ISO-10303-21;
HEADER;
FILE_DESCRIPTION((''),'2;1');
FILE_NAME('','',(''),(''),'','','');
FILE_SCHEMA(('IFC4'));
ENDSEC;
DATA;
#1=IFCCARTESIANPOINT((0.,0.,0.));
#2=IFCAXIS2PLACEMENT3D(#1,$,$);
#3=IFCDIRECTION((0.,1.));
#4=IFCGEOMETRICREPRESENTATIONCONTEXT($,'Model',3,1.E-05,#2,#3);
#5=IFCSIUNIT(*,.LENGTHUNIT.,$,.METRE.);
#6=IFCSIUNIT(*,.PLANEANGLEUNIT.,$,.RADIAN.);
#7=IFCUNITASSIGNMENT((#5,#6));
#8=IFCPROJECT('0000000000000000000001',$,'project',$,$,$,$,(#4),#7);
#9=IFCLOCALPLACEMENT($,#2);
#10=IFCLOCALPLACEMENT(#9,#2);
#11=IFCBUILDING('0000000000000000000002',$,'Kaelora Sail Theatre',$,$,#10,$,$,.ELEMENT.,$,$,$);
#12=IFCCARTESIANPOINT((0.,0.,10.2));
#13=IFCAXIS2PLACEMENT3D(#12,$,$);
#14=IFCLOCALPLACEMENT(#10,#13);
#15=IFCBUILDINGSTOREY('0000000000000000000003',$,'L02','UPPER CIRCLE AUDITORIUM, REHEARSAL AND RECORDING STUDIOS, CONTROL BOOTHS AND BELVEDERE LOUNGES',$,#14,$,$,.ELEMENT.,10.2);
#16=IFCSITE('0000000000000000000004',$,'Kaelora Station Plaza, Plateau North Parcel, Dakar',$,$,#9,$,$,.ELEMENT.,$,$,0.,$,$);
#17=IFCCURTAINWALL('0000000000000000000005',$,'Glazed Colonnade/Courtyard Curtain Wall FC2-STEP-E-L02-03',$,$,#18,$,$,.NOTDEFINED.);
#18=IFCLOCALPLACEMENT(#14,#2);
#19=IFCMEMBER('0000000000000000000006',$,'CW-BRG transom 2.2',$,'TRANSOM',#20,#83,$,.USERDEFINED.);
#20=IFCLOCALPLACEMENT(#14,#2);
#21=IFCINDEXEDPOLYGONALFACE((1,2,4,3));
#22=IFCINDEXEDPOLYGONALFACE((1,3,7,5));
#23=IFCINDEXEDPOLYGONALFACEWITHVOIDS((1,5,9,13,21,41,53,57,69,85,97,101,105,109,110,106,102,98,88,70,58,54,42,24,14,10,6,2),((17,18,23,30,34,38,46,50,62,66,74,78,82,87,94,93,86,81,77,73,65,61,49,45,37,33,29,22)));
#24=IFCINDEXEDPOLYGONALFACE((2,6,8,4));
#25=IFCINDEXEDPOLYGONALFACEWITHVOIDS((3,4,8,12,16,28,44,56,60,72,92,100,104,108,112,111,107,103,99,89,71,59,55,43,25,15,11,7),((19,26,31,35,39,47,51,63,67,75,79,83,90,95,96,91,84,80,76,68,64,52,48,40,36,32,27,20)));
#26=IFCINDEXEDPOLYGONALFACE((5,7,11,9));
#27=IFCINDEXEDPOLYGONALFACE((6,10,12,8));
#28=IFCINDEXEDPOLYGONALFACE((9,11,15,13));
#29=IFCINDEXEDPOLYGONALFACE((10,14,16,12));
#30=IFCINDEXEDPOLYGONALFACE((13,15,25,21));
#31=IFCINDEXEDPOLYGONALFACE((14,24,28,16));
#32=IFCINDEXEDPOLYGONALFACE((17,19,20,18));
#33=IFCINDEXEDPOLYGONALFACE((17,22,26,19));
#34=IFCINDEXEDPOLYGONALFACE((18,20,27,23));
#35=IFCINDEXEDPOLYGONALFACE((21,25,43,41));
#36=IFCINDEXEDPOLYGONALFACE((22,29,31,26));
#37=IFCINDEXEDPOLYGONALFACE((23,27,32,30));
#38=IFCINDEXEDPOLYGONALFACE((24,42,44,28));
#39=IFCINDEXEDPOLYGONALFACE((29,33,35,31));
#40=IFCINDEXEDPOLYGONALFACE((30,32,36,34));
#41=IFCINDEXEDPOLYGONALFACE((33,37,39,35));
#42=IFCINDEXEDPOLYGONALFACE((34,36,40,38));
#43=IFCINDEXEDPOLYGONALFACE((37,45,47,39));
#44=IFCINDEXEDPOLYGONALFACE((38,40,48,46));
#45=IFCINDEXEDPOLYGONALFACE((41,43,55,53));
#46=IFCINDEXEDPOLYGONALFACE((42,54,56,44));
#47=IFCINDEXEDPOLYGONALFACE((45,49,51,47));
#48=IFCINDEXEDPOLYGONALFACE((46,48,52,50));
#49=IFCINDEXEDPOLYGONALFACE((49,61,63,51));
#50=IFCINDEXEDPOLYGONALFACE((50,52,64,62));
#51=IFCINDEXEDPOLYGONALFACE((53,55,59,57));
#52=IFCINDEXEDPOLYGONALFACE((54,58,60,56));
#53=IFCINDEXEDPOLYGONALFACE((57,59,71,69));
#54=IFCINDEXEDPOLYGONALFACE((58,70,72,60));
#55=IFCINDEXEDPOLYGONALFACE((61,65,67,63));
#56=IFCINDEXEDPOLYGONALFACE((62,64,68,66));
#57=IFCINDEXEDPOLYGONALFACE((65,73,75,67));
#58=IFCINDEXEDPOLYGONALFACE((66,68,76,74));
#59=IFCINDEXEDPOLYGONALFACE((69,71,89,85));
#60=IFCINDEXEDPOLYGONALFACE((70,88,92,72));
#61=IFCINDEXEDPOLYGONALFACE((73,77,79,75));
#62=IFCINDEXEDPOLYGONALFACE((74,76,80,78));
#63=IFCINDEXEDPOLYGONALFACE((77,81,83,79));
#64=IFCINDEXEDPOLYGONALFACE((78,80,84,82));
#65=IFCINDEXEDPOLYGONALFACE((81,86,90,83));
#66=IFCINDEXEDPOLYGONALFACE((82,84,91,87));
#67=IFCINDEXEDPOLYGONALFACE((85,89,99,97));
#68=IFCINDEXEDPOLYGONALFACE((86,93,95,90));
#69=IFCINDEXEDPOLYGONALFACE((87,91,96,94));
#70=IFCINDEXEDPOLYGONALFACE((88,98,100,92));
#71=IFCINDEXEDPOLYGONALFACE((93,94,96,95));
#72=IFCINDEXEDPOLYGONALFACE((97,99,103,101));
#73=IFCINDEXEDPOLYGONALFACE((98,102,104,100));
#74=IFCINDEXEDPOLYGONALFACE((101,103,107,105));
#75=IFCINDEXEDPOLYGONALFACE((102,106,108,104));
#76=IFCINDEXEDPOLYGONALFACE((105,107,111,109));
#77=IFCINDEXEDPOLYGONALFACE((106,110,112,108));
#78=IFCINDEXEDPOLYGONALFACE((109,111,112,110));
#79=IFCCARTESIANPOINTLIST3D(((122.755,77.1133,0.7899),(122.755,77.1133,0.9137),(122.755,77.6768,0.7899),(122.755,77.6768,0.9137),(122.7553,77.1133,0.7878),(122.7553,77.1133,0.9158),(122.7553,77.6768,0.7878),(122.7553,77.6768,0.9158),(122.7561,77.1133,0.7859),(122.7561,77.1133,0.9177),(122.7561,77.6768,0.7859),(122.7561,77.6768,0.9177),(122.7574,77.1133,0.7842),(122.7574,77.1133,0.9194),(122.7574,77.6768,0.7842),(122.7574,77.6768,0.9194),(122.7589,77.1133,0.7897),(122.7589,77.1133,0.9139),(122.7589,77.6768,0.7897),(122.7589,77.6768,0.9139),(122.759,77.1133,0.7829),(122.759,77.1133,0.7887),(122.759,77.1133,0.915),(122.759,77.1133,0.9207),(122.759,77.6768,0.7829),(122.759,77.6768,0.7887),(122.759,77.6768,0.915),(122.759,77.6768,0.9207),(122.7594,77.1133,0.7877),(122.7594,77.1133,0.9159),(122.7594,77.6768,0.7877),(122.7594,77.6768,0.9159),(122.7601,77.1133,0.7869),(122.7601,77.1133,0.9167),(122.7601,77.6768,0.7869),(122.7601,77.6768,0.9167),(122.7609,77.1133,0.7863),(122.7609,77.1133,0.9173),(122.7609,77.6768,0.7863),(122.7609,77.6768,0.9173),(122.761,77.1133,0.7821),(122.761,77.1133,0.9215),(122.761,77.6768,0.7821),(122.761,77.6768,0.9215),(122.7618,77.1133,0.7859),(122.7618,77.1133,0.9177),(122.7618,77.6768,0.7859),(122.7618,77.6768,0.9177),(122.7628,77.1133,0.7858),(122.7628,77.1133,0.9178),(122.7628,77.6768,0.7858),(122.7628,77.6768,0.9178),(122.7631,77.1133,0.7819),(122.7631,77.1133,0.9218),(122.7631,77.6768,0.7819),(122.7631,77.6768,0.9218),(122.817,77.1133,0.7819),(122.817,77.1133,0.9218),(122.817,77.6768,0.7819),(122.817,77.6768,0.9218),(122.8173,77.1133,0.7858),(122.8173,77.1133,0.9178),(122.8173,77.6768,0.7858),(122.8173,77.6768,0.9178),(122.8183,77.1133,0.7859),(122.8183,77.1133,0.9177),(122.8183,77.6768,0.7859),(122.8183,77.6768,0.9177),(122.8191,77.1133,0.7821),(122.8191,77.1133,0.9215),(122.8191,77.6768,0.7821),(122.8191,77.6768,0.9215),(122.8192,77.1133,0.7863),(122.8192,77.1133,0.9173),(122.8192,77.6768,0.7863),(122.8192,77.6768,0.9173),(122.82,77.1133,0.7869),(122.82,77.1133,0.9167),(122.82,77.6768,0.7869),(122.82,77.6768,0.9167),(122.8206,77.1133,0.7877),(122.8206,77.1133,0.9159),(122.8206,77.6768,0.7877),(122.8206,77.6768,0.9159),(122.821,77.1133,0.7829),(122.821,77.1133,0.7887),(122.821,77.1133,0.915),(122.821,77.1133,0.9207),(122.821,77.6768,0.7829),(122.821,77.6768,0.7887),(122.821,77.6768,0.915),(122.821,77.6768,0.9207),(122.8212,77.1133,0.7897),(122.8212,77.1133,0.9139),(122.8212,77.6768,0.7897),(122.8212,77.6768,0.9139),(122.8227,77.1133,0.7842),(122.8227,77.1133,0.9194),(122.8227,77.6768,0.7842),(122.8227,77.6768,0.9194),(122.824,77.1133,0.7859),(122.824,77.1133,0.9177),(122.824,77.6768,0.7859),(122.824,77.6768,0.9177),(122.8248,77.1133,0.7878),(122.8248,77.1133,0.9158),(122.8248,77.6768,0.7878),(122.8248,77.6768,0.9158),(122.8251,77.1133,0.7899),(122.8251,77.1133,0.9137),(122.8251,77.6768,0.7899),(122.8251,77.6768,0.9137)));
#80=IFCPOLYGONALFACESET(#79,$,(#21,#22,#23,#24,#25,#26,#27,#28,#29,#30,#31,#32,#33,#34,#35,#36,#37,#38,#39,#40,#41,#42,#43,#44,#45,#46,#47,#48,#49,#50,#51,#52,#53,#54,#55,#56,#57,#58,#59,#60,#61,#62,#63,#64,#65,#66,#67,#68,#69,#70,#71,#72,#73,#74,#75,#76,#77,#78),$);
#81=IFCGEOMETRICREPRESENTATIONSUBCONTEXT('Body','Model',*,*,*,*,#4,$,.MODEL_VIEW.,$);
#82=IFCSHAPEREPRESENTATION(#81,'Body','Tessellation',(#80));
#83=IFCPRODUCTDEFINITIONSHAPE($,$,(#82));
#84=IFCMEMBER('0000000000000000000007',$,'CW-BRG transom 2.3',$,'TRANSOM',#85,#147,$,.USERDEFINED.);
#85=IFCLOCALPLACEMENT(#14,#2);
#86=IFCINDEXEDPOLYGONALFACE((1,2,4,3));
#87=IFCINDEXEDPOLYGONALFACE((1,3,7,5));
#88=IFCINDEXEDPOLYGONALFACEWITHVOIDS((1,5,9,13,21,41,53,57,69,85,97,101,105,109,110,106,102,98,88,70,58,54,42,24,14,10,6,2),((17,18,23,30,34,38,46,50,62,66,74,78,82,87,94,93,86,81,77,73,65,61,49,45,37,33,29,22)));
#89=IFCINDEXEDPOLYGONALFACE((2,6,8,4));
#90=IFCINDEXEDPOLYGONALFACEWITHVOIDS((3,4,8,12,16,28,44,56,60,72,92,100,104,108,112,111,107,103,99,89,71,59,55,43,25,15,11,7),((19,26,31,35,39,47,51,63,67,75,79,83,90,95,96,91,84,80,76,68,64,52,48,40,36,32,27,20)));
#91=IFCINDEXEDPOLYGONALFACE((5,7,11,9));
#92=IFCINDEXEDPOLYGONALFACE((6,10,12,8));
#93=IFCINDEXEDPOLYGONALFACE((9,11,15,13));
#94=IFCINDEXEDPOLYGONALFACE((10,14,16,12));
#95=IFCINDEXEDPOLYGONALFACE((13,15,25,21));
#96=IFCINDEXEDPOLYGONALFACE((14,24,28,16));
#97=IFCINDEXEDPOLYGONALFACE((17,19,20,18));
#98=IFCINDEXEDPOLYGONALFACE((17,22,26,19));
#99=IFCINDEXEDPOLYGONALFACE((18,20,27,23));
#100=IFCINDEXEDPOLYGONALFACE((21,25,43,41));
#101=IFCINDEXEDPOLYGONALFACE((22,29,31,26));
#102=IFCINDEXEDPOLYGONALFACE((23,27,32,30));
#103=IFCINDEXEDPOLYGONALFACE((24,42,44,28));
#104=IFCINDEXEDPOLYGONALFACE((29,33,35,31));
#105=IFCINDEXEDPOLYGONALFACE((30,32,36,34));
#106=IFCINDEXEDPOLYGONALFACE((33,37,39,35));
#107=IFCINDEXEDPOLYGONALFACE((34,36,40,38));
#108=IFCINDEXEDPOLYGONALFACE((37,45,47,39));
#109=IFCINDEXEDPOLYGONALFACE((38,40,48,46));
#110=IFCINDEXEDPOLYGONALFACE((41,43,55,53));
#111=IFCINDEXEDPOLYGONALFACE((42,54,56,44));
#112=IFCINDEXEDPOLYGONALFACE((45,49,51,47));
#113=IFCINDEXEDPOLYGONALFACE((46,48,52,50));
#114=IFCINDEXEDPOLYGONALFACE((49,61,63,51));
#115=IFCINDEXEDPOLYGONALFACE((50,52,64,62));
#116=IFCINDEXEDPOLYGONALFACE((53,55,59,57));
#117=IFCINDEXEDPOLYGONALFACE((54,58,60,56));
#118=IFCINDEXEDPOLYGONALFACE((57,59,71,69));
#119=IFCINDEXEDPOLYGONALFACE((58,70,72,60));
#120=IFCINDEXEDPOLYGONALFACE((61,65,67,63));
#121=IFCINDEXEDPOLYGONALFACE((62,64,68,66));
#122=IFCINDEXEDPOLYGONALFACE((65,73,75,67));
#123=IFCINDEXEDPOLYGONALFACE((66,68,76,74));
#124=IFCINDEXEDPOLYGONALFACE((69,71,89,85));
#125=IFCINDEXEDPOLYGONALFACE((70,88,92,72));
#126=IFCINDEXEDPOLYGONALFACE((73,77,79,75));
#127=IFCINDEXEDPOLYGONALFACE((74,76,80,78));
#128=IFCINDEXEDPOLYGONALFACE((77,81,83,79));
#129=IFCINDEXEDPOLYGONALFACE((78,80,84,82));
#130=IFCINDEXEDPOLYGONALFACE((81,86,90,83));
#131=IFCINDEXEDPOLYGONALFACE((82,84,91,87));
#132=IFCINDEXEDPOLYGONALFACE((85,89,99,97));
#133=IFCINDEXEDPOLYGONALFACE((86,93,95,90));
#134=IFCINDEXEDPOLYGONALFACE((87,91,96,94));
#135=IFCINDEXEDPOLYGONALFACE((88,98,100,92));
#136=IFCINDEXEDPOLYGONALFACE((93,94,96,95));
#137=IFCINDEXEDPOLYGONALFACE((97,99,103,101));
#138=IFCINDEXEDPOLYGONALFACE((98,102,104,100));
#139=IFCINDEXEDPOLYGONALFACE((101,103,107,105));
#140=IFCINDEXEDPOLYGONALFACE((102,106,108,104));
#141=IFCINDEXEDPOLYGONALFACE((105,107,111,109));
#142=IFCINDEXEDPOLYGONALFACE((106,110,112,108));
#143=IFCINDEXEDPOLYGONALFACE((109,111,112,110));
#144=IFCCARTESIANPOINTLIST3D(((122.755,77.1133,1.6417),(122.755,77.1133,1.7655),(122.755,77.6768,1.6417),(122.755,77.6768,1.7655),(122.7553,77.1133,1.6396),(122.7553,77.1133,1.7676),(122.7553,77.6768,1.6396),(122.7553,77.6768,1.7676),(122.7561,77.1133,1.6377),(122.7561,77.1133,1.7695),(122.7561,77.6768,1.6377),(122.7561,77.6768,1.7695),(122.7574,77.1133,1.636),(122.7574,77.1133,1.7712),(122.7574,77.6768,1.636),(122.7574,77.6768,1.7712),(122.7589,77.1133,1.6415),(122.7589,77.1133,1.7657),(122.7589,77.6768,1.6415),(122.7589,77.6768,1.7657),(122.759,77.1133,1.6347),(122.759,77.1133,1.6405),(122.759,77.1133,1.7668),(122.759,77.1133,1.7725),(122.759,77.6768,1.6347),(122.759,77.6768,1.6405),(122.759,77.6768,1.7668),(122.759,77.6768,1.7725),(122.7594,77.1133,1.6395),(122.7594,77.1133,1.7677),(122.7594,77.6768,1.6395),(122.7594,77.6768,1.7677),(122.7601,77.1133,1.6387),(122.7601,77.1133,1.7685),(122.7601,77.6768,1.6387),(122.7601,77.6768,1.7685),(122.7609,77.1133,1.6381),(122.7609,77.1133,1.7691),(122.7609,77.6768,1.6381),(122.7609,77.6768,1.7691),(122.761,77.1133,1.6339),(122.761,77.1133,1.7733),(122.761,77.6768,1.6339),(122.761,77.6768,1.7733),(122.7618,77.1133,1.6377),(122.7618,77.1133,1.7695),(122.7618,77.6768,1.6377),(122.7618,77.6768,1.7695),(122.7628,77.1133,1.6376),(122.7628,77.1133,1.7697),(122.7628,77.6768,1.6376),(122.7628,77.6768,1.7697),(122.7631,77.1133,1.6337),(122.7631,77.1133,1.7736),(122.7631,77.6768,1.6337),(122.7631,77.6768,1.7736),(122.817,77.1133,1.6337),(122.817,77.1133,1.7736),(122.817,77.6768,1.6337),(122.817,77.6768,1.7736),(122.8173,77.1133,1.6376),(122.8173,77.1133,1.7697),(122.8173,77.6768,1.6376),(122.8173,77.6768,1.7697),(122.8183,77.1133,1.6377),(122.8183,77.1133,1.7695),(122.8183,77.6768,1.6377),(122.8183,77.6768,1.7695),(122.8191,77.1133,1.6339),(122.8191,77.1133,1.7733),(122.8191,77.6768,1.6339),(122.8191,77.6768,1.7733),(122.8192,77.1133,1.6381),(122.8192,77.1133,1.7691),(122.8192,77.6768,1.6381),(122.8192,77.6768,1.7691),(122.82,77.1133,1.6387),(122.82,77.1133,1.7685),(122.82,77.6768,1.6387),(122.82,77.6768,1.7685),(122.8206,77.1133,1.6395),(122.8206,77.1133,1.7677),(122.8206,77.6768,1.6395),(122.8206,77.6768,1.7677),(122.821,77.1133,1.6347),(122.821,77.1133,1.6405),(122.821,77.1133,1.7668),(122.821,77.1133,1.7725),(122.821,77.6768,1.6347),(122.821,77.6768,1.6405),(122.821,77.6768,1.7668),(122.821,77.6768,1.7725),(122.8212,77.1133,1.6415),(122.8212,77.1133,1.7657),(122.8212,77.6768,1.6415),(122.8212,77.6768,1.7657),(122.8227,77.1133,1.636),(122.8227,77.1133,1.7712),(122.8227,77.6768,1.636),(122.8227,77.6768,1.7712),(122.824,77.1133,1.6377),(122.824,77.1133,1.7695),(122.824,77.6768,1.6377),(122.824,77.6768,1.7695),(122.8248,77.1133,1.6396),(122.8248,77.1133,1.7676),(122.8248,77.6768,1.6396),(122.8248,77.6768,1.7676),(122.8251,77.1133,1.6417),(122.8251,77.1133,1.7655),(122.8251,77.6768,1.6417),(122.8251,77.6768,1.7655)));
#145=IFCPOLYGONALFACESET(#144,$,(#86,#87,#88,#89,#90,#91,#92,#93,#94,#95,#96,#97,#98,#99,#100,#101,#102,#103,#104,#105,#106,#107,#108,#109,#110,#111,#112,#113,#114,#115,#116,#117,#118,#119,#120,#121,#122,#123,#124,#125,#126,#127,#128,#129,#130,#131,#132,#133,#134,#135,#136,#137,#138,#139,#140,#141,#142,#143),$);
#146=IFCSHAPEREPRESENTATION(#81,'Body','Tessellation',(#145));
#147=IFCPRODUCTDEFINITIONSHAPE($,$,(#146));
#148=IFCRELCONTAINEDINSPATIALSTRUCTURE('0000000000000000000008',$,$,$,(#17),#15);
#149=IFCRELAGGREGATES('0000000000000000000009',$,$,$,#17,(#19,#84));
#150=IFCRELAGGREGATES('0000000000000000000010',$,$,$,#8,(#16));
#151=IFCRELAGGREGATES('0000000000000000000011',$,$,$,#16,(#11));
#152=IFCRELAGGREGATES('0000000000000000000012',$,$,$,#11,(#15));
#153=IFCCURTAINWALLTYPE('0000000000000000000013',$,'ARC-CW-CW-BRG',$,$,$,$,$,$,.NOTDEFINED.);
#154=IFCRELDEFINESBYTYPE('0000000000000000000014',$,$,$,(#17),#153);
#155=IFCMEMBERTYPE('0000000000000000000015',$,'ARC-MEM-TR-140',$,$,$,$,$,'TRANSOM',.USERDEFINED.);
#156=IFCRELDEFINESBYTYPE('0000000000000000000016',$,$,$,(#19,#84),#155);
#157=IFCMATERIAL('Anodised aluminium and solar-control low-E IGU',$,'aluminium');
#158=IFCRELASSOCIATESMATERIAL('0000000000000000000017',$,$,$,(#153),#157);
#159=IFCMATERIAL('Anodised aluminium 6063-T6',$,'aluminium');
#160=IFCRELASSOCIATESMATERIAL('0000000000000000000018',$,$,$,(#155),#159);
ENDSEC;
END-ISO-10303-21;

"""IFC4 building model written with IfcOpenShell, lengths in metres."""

from ifc_helpers import new_model, si_unit, direction, frame, origin, origin_2d, place, context, subcontext, project, spatial, hollow_rectangle, extrude, material, material_profile, profile_set, type_object, element, aggregate, save


model = new_model("IFC4")

# Units and contexts
model_context = context("Model", 3, precision=1e-05, world=origin(), true_north=direction((0.0, 1.0)))
body_context = subcontext(model_context, "Body", "Model", "MODEL_VIEW")
ifc_project = project(units=[si_unit("LENGTHUNIT", "METRE"), si_unit("PLANEANGLEUNIT", "RADIAN")], contexts=[model_context])

# Site, building, storey
site_placement = place(None, origin())
site = spatial("IfcSite", under=ifc_project, at=site_placement, Name="Kaelora Station Plaza, Plateau North Parcel, Dakar", CompositionType="ELEMENT", RefElevation=0.0)
building_placement = place(site_placement, origin())
building = spatial("IfcBuilding", under=site, at=building_placement, Name="Kaelora Sail Theatre", CompositionType="ELEMENT")
storey_placement = place(building_placement, frame((0.0, 0.0, 10.2)))
storey = spatial("IfcBuildingStorey", under=building, at=storey_placement, Name="L02", Description="UPPER CIRCLE AUDITORIUM, REHEARSAL AND RECORDING STUDIOS, CONTROL BOOTHS AND BELVEDERE LOUNGES", CompositionType="ELEMENT", Elevation=10.2)

# Curtain wall, members
ifc_material_1 = material(Name="Anodised aluminium and solar-control low-E IGU", Category="aluminium")
curtain_wall_type = type_object("IfcCurtainWallType", Name="ARC-CW-CW-BRG", PredefinedType="NOTDEFINED", material=ifc_material_1)
curtain_wall_placement = place(storey_placement, origin())
curtain_wall = element("IfcCurtainWall", 1, at=curtain_wall_placement, inside=storey, type_object=curtain_wall_type, Name="Glazed Colonnade/Courtyard Curtain Wall FC2-STEP-E-L02-03", PredefinedType="NOTDEFINED")
ifc_material_2 = material(Name="Anodised aluminium 6063-T6", Category="aluminium")
ifc_material_profile_1 = material_profile(ifc_material_2, hollow_rectangle(XDim=0.0701, YDim=0.1399, WallThickness=0.0039, InnerFilletRadius=0.0039, OuterFilletRadius=0.0081, at=origin_2d()), Name="ALU-TRAN 70x140x4")
ifc_profile_set_1 = profile_set([ifc_material_profile_1], Name="Anodised aluminium 6063-T6")
member_type_1 = type_object("IfcMemberType", Name="ARC-MEM-TR-140", ElementType="TRANSOM", PredefinedType="USERDEFINED", material=ifc_profile_set_1)
member_1_placement = place(storey_placement, frame((122.79, 77.1133, 0.8518), z_axis=(0.0, 1.0, 0.0), x_axis=(-1.0, 0.0, 0.0)))
member_1 = element("IfcMember", 2, at=member_1_placement, type_object=member_type_1, Name="CW-BRG transom 2.2", ObjectType="TRANSOM", PredefinedType="USERDEFINED", context=body_context, shape_type="SweptSolid", body=[
    extrude(hollow_rectangle(XDim=0.0701, YDim=0.1399, WallThickness=0.0039, InnerFilletRadius=0.0039, OuterFilletRadius=0.0081, at=origin_2d()), origin(), (0.0, 0.0, 1.0), 0.5635),
])
member_2_placement = place(storey_placement, frame((122.79, 77.1133, 1.7036), z_axis=(0.0, 1.0, 0.0), x_axis=(-1.0, 0.0, 0.0)))
member_2 = element("IfcMember", 3, at=member_2_placement, type_object=member_type_1, Name="CW-BRG transom 2.3", ObjectType="TRANSOM", PredefinedType="USERDEFINED", context=body_context, shape_type="SweptSolid", body=[
    extrude(hollow_rectangle(XDim=0.0701, YDim=0.1399, WallThickness=0.0039, InnerFilletRadius=0.0039, OuterFilletRadius=0.0081, at=origin_2d()), origin(), (0.0, 0.0, 1.0), 0.5635),
])
aggregate(curtain_wall, [member_1, member_2])

save(model, "model.ifc")
